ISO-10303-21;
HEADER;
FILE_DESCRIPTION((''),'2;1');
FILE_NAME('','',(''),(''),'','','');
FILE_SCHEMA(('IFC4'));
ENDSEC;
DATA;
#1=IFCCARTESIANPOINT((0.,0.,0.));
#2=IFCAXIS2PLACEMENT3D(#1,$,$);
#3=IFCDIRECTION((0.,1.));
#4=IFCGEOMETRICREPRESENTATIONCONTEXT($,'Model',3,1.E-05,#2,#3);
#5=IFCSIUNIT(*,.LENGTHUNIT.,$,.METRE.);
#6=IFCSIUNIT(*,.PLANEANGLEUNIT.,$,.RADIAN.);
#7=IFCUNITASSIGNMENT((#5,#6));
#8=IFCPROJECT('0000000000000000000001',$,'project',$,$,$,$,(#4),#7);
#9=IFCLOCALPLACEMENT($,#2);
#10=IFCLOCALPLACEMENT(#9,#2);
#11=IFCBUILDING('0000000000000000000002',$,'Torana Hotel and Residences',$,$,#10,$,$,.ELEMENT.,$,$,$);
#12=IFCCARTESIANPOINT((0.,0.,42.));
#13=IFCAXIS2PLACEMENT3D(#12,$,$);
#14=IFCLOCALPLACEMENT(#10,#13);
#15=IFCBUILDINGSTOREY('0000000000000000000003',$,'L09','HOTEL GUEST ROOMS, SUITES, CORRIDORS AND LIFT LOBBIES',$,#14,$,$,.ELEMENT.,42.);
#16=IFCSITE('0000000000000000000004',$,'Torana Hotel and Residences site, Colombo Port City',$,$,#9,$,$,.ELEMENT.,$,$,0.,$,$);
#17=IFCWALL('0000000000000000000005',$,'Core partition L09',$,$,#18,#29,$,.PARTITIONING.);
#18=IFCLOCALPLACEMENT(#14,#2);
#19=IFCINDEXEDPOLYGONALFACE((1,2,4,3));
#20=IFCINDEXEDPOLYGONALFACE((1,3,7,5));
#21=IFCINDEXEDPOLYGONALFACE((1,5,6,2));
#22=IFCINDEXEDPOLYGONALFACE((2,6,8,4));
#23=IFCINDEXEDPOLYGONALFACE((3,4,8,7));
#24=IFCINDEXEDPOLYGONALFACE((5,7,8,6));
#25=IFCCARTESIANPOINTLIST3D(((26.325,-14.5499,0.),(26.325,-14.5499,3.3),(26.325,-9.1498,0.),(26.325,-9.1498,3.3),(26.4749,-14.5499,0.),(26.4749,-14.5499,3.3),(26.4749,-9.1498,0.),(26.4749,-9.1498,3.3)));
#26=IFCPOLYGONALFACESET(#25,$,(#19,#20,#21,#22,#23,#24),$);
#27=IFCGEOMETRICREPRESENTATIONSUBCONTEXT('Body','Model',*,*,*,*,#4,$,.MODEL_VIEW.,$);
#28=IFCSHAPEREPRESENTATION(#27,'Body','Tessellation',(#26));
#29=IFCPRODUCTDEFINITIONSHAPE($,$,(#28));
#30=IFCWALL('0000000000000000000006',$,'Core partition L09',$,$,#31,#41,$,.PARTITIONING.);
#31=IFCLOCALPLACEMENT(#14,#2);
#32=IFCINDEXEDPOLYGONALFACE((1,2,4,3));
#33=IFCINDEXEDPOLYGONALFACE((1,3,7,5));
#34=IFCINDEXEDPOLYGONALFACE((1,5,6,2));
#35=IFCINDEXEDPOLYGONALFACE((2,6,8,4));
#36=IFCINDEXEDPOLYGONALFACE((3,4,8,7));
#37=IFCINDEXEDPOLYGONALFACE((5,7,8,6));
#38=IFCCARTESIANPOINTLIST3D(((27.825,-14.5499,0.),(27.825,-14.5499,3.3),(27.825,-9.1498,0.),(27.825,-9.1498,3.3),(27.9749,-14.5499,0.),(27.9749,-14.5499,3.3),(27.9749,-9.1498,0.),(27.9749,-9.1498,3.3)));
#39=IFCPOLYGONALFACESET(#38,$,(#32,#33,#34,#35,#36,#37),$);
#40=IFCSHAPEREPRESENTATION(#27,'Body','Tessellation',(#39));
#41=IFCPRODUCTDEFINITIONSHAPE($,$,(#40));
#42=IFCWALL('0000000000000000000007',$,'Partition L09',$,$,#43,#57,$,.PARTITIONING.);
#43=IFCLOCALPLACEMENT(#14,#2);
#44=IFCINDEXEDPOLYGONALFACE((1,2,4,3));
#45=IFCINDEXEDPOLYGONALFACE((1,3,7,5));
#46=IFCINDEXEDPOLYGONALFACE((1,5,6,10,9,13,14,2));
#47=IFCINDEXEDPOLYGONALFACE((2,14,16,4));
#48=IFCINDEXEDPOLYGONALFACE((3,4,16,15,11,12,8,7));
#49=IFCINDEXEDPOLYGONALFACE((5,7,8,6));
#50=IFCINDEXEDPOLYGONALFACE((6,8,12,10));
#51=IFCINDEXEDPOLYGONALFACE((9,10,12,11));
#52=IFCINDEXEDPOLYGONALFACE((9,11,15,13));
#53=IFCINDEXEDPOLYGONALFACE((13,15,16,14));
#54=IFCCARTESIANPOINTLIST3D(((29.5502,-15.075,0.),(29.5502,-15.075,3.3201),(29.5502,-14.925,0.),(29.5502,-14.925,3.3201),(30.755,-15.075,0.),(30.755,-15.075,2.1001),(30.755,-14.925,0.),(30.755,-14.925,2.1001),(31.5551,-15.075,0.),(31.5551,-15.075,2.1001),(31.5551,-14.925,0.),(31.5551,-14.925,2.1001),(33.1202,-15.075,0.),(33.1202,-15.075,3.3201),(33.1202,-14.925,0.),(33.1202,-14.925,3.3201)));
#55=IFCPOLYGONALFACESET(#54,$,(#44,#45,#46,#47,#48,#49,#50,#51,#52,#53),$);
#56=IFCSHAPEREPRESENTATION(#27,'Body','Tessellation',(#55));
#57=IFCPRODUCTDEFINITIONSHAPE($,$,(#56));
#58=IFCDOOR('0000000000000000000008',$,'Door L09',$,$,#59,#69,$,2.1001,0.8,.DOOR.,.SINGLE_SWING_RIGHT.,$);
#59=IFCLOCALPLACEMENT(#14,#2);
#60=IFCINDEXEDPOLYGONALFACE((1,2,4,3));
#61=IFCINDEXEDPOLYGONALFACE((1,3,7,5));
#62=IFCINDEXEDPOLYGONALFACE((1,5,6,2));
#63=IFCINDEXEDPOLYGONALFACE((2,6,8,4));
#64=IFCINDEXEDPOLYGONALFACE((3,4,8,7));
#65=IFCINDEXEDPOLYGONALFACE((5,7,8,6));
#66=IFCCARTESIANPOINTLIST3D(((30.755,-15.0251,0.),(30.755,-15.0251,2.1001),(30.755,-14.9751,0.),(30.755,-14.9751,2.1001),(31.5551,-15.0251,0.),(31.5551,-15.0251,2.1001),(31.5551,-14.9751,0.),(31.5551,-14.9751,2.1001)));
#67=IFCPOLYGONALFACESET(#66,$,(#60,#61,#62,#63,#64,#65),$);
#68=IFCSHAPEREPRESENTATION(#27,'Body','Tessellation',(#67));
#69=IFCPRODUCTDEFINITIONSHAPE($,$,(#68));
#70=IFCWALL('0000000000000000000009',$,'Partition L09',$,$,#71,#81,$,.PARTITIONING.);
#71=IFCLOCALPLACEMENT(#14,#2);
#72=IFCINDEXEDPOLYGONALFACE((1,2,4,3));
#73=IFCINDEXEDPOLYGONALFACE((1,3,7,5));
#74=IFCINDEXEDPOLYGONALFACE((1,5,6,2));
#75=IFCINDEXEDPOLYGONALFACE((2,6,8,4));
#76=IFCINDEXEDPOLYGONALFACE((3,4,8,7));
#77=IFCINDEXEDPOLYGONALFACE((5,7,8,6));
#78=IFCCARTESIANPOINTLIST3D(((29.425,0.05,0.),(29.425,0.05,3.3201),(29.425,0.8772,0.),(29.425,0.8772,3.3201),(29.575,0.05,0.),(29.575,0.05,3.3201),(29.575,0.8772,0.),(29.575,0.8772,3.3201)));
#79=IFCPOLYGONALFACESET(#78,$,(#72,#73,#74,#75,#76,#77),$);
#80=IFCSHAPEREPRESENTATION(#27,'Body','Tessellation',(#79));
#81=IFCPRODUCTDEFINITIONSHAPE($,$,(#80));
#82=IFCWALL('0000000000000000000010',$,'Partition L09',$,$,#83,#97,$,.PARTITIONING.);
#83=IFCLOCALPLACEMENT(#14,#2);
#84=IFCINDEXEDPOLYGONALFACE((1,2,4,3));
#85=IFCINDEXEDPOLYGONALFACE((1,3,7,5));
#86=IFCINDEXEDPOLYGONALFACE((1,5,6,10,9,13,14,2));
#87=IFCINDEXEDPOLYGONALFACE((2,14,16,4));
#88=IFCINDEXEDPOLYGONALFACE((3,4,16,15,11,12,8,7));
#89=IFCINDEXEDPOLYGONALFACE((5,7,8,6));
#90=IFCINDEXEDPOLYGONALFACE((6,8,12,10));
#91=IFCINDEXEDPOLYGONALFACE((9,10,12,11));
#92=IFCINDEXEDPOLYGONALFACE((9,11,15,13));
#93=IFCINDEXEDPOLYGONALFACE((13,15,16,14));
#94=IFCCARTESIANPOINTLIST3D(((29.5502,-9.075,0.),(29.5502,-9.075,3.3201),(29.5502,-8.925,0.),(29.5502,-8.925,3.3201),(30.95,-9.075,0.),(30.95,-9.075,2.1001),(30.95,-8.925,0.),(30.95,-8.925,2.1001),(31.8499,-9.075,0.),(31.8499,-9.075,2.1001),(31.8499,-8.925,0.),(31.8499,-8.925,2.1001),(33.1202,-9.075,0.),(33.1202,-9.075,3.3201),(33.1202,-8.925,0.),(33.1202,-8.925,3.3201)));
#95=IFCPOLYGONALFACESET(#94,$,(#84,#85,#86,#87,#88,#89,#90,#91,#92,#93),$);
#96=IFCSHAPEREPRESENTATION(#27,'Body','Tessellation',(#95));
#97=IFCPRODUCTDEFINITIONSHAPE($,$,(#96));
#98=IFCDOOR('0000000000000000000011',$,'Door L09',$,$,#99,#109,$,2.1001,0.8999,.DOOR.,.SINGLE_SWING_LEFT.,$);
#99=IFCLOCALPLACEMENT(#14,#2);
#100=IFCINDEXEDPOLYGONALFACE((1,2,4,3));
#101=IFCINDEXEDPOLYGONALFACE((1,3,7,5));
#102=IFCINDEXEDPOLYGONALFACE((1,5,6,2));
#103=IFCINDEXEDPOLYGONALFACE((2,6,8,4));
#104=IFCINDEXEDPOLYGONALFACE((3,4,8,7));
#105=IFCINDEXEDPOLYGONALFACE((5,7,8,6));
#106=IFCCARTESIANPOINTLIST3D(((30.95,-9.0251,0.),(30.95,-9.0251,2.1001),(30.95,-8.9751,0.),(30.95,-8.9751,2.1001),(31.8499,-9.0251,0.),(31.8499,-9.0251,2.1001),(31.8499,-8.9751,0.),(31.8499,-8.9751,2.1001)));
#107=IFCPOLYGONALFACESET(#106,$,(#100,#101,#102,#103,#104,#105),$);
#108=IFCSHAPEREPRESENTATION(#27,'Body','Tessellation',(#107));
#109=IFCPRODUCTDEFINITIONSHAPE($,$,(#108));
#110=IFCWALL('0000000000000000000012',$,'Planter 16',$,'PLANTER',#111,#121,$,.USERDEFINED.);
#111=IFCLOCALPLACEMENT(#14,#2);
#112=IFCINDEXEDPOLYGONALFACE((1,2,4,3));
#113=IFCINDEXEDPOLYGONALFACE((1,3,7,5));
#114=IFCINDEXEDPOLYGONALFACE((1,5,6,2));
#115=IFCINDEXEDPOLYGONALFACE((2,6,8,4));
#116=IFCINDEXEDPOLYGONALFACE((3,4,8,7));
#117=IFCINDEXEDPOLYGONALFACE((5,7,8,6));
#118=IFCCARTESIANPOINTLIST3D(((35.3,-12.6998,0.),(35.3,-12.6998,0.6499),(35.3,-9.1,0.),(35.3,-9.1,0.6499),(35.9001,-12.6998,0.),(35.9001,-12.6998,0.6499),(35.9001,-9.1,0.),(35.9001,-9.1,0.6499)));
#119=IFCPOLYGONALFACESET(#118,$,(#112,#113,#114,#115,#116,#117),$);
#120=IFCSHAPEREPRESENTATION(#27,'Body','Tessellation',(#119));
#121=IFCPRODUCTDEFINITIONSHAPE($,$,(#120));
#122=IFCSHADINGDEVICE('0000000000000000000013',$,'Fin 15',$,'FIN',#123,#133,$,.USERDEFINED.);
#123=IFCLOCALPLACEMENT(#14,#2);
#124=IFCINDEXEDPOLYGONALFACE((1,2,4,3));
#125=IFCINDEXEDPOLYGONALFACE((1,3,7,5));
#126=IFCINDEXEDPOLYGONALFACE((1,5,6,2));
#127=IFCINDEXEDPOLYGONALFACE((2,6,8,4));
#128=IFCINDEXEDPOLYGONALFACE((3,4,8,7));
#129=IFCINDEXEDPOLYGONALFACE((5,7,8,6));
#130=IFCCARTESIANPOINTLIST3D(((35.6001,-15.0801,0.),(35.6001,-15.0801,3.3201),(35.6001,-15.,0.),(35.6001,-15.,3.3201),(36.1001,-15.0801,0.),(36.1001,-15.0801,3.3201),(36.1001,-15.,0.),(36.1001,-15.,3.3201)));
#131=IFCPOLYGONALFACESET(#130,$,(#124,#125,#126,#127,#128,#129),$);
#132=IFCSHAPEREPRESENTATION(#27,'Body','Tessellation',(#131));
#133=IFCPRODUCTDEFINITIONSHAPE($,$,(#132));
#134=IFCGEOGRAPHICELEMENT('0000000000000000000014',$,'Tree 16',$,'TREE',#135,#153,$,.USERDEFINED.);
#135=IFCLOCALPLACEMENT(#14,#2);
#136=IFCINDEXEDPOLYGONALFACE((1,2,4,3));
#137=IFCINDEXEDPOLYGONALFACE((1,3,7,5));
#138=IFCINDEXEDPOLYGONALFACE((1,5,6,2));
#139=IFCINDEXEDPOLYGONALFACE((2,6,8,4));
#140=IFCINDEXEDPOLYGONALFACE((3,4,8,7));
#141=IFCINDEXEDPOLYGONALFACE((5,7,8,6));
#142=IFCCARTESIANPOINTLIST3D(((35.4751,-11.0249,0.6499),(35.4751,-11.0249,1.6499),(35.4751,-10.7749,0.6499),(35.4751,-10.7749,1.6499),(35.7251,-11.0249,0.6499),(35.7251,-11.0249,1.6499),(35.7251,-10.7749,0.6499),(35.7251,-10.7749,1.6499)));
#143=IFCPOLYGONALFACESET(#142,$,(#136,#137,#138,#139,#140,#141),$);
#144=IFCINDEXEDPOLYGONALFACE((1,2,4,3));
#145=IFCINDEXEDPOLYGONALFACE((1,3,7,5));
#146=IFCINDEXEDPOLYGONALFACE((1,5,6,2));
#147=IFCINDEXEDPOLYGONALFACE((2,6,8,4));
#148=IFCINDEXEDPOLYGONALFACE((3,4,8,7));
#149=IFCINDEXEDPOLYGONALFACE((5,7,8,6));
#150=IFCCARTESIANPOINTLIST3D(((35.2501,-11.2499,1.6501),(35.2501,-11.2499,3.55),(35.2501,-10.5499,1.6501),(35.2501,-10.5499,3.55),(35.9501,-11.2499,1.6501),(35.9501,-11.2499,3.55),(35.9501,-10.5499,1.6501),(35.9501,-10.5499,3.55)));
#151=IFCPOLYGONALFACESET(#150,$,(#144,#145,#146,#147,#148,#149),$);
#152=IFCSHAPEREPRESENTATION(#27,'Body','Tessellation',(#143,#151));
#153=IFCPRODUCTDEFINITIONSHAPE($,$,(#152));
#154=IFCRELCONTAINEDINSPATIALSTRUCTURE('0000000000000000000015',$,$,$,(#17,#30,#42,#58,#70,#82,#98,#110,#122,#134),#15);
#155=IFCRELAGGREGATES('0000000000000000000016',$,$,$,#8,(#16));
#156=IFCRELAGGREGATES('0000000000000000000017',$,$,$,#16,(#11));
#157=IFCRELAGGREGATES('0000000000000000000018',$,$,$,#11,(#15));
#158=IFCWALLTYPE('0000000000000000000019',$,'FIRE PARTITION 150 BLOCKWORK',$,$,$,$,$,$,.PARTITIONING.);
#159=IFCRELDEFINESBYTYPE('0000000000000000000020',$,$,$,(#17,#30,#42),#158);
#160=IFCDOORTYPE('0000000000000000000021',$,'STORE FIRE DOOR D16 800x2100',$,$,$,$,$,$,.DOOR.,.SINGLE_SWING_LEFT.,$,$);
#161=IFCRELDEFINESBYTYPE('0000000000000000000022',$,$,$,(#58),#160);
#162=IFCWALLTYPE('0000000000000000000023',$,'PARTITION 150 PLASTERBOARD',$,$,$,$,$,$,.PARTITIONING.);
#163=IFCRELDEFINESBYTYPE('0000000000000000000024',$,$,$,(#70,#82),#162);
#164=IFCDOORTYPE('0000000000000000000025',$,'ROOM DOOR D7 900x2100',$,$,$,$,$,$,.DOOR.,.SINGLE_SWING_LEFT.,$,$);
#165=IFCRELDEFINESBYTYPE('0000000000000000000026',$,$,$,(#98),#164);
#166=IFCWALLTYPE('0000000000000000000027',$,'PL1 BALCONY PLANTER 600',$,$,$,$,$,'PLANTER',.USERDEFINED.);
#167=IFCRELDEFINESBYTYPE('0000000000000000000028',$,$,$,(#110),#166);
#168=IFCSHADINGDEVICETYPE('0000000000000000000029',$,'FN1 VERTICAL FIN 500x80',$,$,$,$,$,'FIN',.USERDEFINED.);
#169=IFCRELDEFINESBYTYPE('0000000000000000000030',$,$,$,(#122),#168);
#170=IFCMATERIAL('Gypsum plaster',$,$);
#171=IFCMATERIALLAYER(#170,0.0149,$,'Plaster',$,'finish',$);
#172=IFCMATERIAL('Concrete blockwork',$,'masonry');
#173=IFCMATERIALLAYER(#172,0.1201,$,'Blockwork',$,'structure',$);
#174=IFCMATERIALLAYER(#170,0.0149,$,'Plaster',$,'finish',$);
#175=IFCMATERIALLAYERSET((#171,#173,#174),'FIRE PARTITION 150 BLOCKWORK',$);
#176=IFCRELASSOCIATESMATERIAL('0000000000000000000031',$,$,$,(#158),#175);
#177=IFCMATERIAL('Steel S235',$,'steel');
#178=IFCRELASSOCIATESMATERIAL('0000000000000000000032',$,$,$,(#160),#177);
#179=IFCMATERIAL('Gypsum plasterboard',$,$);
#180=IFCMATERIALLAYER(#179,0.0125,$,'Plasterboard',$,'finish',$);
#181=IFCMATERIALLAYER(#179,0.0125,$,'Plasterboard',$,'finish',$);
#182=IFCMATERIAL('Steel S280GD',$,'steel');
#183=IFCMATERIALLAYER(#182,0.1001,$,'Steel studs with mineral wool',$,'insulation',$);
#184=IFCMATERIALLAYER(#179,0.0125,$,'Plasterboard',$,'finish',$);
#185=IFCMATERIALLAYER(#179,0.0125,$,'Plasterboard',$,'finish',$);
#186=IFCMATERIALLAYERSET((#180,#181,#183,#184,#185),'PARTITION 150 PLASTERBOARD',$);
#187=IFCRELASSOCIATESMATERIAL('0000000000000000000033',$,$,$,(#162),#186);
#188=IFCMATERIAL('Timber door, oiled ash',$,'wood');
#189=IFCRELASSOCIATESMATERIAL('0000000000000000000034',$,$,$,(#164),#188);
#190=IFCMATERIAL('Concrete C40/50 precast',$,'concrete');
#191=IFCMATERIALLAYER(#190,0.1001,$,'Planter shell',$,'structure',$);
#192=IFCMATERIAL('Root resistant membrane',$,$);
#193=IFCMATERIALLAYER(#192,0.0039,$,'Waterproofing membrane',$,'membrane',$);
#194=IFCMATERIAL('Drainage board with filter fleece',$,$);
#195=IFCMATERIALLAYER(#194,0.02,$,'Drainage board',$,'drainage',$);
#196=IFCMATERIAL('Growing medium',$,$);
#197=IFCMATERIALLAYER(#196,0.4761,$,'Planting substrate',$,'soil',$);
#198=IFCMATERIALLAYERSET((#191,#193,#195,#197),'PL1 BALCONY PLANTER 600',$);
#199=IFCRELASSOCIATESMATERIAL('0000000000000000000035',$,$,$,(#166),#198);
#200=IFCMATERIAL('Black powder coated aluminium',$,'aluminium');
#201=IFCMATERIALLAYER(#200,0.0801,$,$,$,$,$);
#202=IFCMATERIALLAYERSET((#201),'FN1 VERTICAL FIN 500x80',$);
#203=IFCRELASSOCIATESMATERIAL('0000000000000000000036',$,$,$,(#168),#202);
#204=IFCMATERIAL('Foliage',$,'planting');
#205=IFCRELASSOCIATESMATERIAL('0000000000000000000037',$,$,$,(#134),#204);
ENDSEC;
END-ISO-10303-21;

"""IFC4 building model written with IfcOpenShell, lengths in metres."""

from ifc_helpers import new_model, si_unit, direction, frame, frame_2d, origin, origin_2d, place, context, subcontext, project, spatial, rectangle, extrude, material, layer, layer_set, type_object, element, fill, save


model = new_model("IFC4")

# Units and contexts
model_context = context("Model", 3, precision=1e-05, world=origin(), true_north=direction((0.0, 1.0)))
body_context = subcontext(model_context, "Body", "Model", "MODEL_VIEW")
ifc_project = project(units=[si_unit("LENGTHUNIT", "METRE"), si_unit("PLANEANGLEUNIT", "RADIAN")], contexts=[model_context])

# Site, building, storey
site_placement = place(None, origin())
site = spatial("IfcSite", under=ifc_project, at=site_placement, Name="Torana Hotel and Residences site, Colombo Port City", CompositionType="ELEMENT", RefElevation=0.0)
building_placement = place(site_placement, origin())
building = spatial("IfcBuilding", under=site, at=building_placement, Name="Torana Hotel and Residences", CompositionType="ELEMENT")
storey_placement = place(building_placement, frame((0.0, 0.0, 42.0)))
storey = spatial("IfcBuildingStorey", under=building, at=storey_placement, Name="L09", Description="HOTEL GUEST ROOMS, SUITES, CORRIDORS AND LIFT LOBBIES", CompositionType="ELEMENT", Elevation=42.0)

# Shared definitions
ifc_material_1 = material(Name="Steel S280GD", Category="steel")

# Shared definitions
ifc_material_2 = material(Name="Concrete C40/50 precast", Category="concrete")

# Walls
ifc_material_3 = material(Name="Gypsum plaster")
ifc_layer_1 = layer(ifc_material_3, 0.0149, Name="Plaster", Category="finish")
ifc_material_4 = material(Name="Concrete blockwork", Category="masonry")
ifc_layer_2 = layer(ifc_material_4, 0.1201, Name="Blockwork", Category="structure")
ifc_layer_3 = layer(ifc_material_3, 0.0149, Name="Plaster", Category="finish")
ifc_layer_set_1 = layer_set([ifc_layer_1, ifc_layer_2, ifc_layer_3], Name="FIRE PARTITION 150 BLOCKWORK")
wall_type_1 = type_object("IfcWallType", Name="FIRE PARTITION 150 BLOCKWORK", PredefinedType="PARTITIONING", material=ifc_layer_set_1)
for number, where, z_axis, x_axis, name in (
    (1, (26.3999, -14.55, 0.0), (0.0, 0.0, 1.0), (0.0, 1.0, 0.0), "Core partition L09"),
    (2, (27.8999, -14.55, 0.0), (0.0, 0.0, 1.0), (0.0, 1.0, 0.0), "Core partition L09"),
):
    element("IfcWall", number, at=place(storey_placement, frame(where, z_axis=z_axis, x_axis=x_axis)), inside=storey, type_object=wall_type_1, Name=name, PredefinedType="PARTITIONING", context=body_context, shape_type="SweptSolid", body=[
        extrude(rectangle(XDim=5.4001, YDim=0.1499, at=frame_2d((2.7002, 0.0))), origin(), (0.0, 0.0, 1.0), 3.3),
    ])

# Wall, opening, door
wall_1_placement = place(storey_placement, frame((29.55, -15.0, 0.0), z_axis=(0.0, 0.0, 1.0), x_axis=(1.0, 0.0, 0.0)))
wall_1 = element("IfcWall", 3, at=wall_1_placement, inside=storey, type_object=wall_type_1, Name="Partition L09", PredefinedType="PARTITIONING", context=body_context, shape_type="SweptSolid", body=[
    extrude(rectangle(XDim=3.5701, YDim=0.1499, at=frame_2d((1.7852, 0.0))), origin(), (0.0, 0.0, 1.0), 3.3201),
])
opening_1_placement = place(wall_1_placement, frame((1.2051, 0.0, 0.0)))
opening_1 = element("IfcOpeningElement", 4, at=opening_1_placement, cuts=wall_1, PredefinedType="OPENING", context=body_context, shape_type="SweptSolid", body=[
    extrude(rectangle(XDim=0.8, YDim=2.1001, at=frame_2d((0.3999, 1.05))), frame((0.0, 0.085, 0.0), z_axis=(0.0, -1.0, 0.0), x_axis=(1.0, 0.0, 0.0)), (0.0, 0.0, 1.0), 0.1699),
])
ifc_material_5 = material(Name="Steel S235", Category="steel")
door_type_1 = type_object("IfcDoorType", Name="STORE FIRE DOOR D16 800x2100", OperationType="SINGLE_SWING_LEFT", PredefinedType="DOOR", material=ifc_material_5)
door_1_placement = place(opening_1_placement, origin())
door_1 = element("IfcDoor", 5, at=door_1_placement, inside=storey, type_object=door_type_1, Name="Door L09", OperationType="SINGLE_SWING_RIGHT", OverallHeight=2.1001, OverallWidth=0.8, PredefinedType="DOOR", context=body_context, shape_type="SweptSolid", body=[
    extrude(rectangle(XDim=0.8, YDim=2.1001, at=frame_2d((0.3999, 1.05))), frame((0.0, 0.0249, 0.0), z_axis=(0.0, -1.0, 0.0), x_axis=(1.0, 0.0, 0.0)), (0.0, 0.0, 1.0), 0.05),
])
fill(opening_1, door_1)

# Wall
ifc_material_6 = material(Name="Gypsum plasterboard")
ifc_layer_4 = layer(ifc_material_6, 0.0125, Name="Plasterboard", Category="finish")
ifc_layer_5 = layer(ifc_material_6, 0.0125, Name="Plasterboard", Category="finish")
ifc_layer_6 = layer(ifc_material_1, 0.1001, Name="Steel studs with mineral wool", Category="insulation")
ifc_layer_7 = layer(ifc_material_6, 0.0125, Name="Plasterboard", Category="finish")
ifc_layer_8 = layer(ifc_material_6, 0.0125, Name="Plasterboard", Category="finish")
ifc_layer_set_2 = layer_set([ifc_layer_4, ifc_layer_5, ifc_layer_6, ifc_layer_7, ifc_layer_8], Name="PARTITION 150 PLASTERBOARD")
wall_type_2 = type_object("IfcWallType", Name="PARTITION 150 PLASTERBOARD", PredefinedType="PARTITIONING", material=ifc_layer_set_2)
wall_2_placement = place(storey_placement, frame((29.5, 0.05, 0.0), z_axis=(0.0, 0.0, 1.0), x_axis=(0.0, 1.0, 0.0)))
element("IfcWall", 6, at=wall_2_placement, inside=storey, type_object=wall_type_2, Name="Partition L09", PredefinedType="PARTITIONING", context=body_context, shape_type="SweptSolid", body=[
    extrude(rectangle(XDim=0.8271, YDim=0.1499, at=frame_2d((0.4136, 0.0))), origin(), (0.0, 0.0, 1.0), 3.3201),
])

# Wall, opening, door
wall_3_placement = place(storey_placement, frame((29.55, -9.0, 0.0), z_axis=(0.0, 0.0, 1.0), x_axis=(1.0, 0.0, 0.0)))
wall_3 = element("IfcWall", 7, at=wall_3_placement, inside=storey, type_object=wall_type_2, Name="Partition L09", PredefinedType="PARTITIONING", context=body_context, shape_type="SweptSolid", body=[
    extrude(rectangle(XDim=3.5701, YDim=0.1499, at=frame_2d((1.7852, 0.0))), origin(), (0.0, 0.0, 1.0), 3.3201),
])
opening_2_placement = place(wall_3_placement, frame((1.3999, 0.0, 0.0)))
opening_2 = element("IfcOpeningElement", 8, at=opening_2_placement, cuts=wall_3, PredefinedType="OPENING", context=body_context, shape_type="SweptSolid", body=[
    extrude(rectangle(XDim=0.8999, YDim=2.1001, at=frame_2d((0.45, 1.05))), frame((0.0, 0.085, 0.0), z_axis=(0.0, -1.0, 0.0), x_axis=(1.0, 0.0, 0.0)), (0.0, 0.0, 1.0), 0.1699),
])
ifc_material_7 = material(Name="Timber door, oiled ash", Category="wood")
door_type_2 = type_object("IfcDoorType", Name="ROOM DOOR D7 900x2100", OperationType="SINGLE_SWING_LEFT", PredefinedType="DOOR", material=ifc_material_7)
door_2_placement = place(opening_2_placement, origin())
door_2 = element("IfcDoor", 9, at=door_2_placement, inside=storey, type_object=door_type_2, Name="Door L09", OperationType="SINGLE_SWING_LEFT", OverallHeight=2.1001, OverallWidth=0.8999, PredefinedType="DOOR", context=body_context, shape_type="SweptSolid", body=[
    extrude(rectangle(XDim=0.8999, YDim=2.1001, at=frame_2d((0.45, 1.05))), frame((0.0, 0.0249, 0.0), z_axis=(0.0, -1.0, 0.0), x_axis=(1.0, 0.0, 0.0)), (0.0, 0.0, 1.0), 0.05),
])
fill(opening_2, door_2)

# Wall
ifc_layer_9 = layer(ifc_material_2, 0.1001, Name="Planter shell", Category="structure")
ifc_material_8 = material(Name="Root resistant membrane")
ifc_layer_10 = layer(ifc_material_8, 0.0039, Name="Waterproofing membrane", Category="membrane")
ifc_material_9 = material(Name="Drainage board with filter fleece")
ifc_layer_11 = layer(ifc_material_9, 0.02, Name="Drainage board", Category="drainage")
ifc_material_10 = material(Name="Growing medium")
ifc_layer_12 = layer(ifc_material_10, 0.4761, Name="Planting substrate", Category="soil")
ifc_layer_set_3 = layer_set([ifc_layer_9, ifc_layer_10, ifc_layer_11, ifc_layer_12], Name="PL1 BALCONY PLANTER 600")
wall_type_3 = type_object("IfcWallType", Name="PL1 BALCONY PLANTER 600", ElementType="PLANTER", PredefinedType="USERDEFINED", material=ifc_layer_set_3)
wall_4_placement = place(storey_placement, frame((35.6001, -9.1001, 0.0), z_axis=(0.0, 0.0, 1.0), x_axis=(0.0, -1.0, 0.0)))
element("IfcWall", 10, at=wall_4_placement, inside=storey, type_object=wall_type_3, Name="Planter 16", ObjectType="PLANTER", PredefinedType="USERDEFINED", context=body_context, shape_type="SweptSolid", body=[
    extrude(rectangle(XDim=3.5999, YDim=0.6001, at=frame_2d((1.7998, 0.0))), origin(), (0.0, 0.0, 1.0), 0.6499),
])

# Shading device
ifc_material_11 = material(Name="Black powder coated aluminium", Category="aluminium")
ifc_layer_13 = layer(ifc_material_11, 0.0801)
ifc_layer_set_4 = layer_set([ifc_layer_13], Name="FN1 VERTICAL FIN 500x80")
shading_device_type = type_object("IfcShadingDeviceType", Name="FN1 VERTICAL FIN 500x80", ElementType="FIN", PredefinedType="USERDEFINED", material=ifc_layer_set_4)
shading_device_placement = place(storey_placement, frame((35.8501, -15.04, 0.0), z_axis=(0.0, 0.0, 1.0), x_axis=(0.0, -1.0, 0.0)))
element("IfcShadingDevice", 11, at=shading_device_placement, inside=storey, type_object=shading_device_type, Name="Fin 15", ObjectType="FIN", PredefinedType="USERDEFINED", context=body_context, shape_type="SweptSolid", body=[
    extrude(rectangle(XDim=0.0801, YDim=0.5, at=origin_2d()), origin(), (0.0, 0.0, 1.0), 3.3201),
])

# Geographic element
ifc_material_12 = material(Name="Foliage", Category="planting")
geographic_element_placement = place(storey_placement, frame((35.6001, -10.8999, 0.6499), z_axis=(0.0, 0.0, 1.0), x_axis=(1.0, 0.0, 0.0)))
element("IfcGeographicElement", 12, at=geographic_element_placement, inside=storey, material=ifc_material_12, Name="Tree 16", ObjectType="TREE", PredefinedType="USERDEFINED", context=body_context, shape_type="SweptSolid", body=[
    extrude(rectangle(XDim=0.25, YDim=0.25, at=origin_2d()), origin(), (0.0, 0.0, 1.0), 1.0),
    extrude(rectangle(XDim=0.7, YDim=0.7, at=origin_2d()), frame((0.0, 0.0, 1.0002)), (0.0, 0.0, 1.0), 1.8999),
])

save(model, "model.ifc")
